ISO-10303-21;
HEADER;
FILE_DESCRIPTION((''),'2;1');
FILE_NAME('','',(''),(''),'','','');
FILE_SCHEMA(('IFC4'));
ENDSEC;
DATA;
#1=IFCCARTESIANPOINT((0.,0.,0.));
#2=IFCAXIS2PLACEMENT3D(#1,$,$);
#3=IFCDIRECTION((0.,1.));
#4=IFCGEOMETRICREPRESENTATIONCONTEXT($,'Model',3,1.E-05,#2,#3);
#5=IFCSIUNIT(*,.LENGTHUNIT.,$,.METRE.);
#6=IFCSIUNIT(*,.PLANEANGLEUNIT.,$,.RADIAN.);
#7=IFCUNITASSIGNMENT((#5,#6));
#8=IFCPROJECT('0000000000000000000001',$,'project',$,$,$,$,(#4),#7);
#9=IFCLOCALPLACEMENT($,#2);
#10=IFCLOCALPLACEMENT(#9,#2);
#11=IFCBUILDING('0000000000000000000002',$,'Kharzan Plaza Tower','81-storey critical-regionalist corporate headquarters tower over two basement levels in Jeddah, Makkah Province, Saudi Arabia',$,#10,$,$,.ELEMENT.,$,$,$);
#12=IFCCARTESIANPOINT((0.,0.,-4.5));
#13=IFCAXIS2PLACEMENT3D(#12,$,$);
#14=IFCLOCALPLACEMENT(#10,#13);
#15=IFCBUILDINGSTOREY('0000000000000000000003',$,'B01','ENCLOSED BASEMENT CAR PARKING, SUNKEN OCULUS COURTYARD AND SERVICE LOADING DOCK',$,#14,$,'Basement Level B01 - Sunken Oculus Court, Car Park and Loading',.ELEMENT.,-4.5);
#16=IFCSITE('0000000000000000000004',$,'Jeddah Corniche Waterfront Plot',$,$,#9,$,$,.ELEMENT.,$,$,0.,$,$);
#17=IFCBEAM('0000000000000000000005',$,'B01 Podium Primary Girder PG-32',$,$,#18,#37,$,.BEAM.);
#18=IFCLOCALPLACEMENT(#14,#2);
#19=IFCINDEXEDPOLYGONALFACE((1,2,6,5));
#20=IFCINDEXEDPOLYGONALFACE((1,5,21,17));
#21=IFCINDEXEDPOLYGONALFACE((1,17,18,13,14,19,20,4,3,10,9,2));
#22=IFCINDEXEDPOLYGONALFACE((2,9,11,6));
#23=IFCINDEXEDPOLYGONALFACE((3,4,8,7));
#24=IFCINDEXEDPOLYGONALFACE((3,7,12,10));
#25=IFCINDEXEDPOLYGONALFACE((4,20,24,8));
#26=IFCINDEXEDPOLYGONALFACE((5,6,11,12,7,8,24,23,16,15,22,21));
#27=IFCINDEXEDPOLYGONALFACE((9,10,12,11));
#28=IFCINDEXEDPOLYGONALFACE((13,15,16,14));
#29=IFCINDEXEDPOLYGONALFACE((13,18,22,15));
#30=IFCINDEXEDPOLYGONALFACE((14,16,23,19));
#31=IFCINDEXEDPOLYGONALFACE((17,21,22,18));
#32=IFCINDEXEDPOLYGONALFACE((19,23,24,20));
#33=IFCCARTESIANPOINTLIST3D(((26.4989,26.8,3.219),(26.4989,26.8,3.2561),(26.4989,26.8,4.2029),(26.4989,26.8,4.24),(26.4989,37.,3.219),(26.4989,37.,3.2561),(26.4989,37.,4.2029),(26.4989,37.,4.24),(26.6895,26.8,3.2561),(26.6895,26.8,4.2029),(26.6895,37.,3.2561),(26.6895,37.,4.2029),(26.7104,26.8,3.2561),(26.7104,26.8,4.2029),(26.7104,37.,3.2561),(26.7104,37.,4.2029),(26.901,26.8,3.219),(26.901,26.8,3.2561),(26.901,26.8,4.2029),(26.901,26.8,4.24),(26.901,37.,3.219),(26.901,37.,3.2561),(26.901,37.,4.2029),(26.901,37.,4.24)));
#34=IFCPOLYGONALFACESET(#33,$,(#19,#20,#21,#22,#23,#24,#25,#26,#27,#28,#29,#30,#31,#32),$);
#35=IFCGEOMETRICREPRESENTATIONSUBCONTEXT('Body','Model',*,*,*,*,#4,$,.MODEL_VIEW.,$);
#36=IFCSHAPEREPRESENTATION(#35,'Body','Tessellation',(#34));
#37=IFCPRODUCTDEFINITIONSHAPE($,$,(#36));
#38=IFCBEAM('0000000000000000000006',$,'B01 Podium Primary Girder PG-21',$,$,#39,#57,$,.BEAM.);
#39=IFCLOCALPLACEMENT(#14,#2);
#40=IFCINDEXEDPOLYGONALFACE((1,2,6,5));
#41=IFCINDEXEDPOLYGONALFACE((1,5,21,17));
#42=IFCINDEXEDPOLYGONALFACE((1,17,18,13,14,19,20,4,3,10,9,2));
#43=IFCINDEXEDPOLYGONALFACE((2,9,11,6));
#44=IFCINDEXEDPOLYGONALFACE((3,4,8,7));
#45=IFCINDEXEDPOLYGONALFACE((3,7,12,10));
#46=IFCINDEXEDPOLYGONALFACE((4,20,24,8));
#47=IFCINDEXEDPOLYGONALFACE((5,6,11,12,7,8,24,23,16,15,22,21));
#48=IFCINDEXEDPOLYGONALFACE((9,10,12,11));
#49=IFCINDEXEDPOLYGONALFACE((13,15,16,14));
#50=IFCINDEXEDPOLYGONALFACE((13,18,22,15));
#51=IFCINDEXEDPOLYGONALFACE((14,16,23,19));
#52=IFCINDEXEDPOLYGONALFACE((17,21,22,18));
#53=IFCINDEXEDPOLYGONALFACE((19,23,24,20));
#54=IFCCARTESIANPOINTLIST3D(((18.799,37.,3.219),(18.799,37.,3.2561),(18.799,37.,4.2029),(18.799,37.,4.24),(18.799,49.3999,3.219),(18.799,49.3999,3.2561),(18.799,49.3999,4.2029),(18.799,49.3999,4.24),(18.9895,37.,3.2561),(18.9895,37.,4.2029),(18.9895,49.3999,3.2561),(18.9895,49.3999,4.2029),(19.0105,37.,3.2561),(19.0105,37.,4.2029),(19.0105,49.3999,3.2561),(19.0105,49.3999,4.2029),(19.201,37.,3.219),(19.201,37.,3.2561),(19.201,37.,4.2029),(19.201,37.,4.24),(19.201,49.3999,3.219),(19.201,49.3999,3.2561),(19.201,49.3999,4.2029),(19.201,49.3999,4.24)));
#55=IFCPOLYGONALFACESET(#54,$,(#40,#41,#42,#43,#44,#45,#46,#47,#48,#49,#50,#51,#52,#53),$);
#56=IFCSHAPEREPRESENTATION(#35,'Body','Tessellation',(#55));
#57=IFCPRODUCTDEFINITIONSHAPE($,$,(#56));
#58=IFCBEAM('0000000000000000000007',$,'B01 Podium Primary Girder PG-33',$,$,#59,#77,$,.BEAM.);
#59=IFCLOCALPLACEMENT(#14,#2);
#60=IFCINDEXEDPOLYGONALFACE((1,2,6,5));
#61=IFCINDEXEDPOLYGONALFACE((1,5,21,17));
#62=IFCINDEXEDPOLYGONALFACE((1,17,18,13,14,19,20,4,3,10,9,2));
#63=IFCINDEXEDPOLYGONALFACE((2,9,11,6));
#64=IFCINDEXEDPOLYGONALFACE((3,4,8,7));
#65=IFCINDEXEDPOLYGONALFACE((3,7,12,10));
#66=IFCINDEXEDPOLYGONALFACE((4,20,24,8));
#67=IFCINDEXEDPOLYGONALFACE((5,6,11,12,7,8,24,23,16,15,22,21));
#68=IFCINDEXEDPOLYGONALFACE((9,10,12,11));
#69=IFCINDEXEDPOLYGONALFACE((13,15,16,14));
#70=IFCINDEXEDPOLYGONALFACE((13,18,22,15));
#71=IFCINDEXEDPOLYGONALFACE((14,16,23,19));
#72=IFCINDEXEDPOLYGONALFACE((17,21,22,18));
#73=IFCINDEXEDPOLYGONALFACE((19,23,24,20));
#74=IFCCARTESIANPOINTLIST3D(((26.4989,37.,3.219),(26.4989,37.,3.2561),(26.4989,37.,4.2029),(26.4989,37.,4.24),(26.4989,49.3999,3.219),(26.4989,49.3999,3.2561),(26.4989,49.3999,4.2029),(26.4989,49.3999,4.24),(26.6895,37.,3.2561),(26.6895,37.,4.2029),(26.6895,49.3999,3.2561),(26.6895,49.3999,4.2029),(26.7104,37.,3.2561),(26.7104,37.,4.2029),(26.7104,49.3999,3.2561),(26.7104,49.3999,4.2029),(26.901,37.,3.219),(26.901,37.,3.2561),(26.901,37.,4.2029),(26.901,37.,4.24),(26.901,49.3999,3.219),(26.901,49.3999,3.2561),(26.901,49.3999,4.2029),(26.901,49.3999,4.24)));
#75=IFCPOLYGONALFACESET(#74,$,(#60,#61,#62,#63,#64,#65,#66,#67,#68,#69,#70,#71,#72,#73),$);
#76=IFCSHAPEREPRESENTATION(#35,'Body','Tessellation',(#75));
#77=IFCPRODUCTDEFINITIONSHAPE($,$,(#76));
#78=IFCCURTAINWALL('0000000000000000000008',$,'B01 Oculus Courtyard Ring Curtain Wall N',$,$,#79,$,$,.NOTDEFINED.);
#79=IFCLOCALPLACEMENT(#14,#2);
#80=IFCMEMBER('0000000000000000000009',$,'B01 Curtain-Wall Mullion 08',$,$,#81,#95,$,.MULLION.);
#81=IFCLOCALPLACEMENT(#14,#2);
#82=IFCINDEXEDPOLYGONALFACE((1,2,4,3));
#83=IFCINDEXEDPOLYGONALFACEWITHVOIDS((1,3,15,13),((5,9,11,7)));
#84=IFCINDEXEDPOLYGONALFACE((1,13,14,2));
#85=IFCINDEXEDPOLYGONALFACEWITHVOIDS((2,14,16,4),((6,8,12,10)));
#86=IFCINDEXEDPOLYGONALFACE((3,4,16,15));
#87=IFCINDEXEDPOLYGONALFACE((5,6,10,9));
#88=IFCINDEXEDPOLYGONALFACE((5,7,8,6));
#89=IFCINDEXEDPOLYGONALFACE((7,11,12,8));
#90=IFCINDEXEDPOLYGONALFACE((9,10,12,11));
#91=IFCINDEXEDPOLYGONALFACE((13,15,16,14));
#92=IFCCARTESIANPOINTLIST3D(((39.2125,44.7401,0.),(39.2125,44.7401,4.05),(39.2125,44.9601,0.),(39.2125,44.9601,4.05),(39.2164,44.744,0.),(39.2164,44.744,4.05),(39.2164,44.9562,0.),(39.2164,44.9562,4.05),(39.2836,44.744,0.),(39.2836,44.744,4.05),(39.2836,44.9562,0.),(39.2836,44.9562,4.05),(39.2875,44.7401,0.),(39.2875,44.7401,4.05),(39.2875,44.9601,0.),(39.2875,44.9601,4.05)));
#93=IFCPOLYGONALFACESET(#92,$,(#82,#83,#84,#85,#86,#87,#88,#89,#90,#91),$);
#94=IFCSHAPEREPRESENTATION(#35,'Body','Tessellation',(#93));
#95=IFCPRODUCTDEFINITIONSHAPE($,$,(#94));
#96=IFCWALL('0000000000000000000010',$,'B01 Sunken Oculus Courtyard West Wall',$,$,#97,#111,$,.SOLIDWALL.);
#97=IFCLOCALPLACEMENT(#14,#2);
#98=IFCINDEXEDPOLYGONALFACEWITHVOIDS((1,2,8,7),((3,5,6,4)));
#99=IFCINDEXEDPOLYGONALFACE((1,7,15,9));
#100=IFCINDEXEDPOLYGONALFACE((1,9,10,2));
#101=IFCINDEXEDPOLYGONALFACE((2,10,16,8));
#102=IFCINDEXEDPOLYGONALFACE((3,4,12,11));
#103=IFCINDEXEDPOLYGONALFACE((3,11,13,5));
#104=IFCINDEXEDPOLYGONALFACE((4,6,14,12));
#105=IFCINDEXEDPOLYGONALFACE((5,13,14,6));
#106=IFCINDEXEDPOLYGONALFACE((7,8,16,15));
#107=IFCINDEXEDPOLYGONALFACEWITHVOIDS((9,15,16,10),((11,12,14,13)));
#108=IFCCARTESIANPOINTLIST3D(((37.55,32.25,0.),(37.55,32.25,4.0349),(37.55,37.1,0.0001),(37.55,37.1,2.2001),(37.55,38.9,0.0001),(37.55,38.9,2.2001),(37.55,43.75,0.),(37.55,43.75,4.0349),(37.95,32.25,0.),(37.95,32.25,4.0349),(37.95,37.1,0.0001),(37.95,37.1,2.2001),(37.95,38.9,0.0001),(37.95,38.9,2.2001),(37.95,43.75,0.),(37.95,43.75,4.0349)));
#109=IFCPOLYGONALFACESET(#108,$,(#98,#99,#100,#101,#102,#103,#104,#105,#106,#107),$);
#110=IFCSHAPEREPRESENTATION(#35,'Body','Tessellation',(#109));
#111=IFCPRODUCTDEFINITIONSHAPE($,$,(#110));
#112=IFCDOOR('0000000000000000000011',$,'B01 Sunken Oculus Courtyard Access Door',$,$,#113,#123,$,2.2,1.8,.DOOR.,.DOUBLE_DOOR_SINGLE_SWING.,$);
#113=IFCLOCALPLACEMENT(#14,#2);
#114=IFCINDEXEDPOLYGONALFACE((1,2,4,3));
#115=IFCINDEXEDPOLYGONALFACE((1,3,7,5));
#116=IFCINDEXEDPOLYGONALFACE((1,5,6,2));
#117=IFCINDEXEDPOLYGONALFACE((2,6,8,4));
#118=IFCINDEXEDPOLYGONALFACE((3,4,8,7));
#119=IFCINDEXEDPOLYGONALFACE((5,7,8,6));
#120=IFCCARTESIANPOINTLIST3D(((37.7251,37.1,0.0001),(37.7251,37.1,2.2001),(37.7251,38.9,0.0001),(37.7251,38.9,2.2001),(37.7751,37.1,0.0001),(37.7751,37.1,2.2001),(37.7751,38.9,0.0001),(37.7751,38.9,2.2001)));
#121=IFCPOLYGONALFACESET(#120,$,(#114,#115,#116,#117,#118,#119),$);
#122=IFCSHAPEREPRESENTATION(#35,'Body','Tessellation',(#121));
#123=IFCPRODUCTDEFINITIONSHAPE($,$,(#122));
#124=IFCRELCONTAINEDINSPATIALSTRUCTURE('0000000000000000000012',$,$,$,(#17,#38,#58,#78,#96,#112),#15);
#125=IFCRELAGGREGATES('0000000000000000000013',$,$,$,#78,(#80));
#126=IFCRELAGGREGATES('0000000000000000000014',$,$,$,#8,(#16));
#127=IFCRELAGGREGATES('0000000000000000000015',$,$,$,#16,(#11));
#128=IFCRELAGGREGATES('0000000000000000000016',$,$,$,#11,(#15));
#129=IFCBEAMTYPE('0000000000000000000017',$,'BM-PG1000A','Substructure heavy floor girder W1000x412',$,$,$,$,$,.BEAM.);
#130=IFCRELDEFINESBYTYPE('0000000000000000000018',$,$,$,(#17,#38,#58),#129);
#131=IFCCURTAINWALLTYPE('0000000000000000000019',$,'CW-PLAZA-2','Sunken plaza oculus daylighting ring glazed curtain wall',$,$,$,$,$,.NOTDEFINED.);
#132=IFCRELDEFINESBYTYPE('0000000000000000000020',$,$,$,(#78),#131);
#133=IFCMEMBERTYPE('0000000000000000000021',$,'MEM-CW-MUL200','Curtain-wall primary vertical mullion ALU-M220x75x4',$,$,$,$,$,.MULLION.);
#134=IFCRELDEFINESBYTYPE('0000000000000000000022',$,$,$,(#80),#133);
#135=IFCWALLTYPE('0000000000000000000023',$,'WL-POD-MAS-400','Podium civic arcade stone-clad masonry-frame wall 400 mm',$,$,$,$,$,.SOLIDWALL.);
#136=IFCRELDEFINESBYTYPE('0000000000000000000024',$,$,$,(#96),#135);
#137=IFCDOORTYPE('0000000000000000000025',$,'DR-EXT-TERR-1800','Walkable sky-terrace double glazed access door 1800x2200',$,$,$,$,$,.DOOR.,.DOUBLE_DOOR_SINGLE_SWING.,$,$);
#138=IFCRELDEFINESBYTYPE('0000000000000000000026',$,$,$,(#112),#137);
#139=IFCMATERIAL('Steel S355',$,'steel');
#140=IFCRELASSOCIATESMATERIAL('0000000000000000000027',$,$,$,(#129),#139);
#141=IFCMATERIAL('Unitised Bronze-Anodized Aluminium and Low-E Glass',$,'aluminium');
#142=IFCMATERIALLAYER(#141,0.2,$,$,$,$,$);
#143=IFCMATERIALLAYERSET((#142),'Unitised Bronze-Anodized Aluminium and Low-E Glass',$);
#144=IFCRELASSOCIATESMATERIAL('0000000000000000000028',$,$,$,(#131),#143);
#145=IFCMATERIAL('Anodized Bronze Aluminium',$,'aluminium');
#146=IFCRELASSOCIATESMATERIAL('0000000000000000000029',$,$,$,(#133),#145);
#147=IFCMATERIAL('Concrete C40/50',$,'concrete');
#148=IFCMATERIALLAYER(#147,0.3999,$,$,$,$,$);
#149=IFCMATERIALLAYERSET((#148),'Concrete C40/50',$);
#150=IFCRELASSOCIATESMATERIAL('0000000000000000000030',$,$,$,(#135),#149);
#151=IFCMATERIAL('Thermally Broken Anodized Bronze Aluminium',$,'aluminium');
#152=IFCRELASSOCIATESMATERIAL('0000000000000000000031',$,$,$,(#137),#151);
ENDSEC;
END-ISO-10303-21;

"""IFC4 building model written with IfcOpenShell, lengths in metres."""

from ifc_helpers import new_model, si_unit, direction, frame, frame_2d, origin, origin_2d, place, context, subcontext, project, spatial, rectangle, hollow_rectangle, i_section, extrude, source, transform, mapped, material, layer, layer_set, material_profile, profile_set, type_object, element, fill, aggregate, save


model = new_model("IFC4")

# Units and contexts
model_context = context("Model", 3, precision=1e-05, world=origin(), true_north=direction((0.0, 1.0)))
body_context = subcontext(model_context, "Body", "Model", "MODEL_VIEW")
ifc_project = project(units=[si_unit("LENGTHUNIT", "METRE"), si_unit("PLANEANGLEUNIT", "RADIAN")], contexts=[model_context])

# Site, building, storey
site_placement = place(None, origin())
site = spatial("IfcSite", under=ifc_project, at=site_placement, Name="Jeddah Corniche Waterfront Plot", CompositionType="ELEMENT", RefElevation=0.0)
building_placement = place(site_placement, origin())
building = spatial("IfcBuilding", under=site, at=building_placement, Name="Kharzan Plaza Tower", Description="81-storey critical-regionalist corporate headquarters tower over two basement levels in Jeddah, Makkah Province, Saudi Arabia", CompositionType="ELEMENT")
storey_placement = place(building_placement, frame((0.0, 0.0, -4.5)))
storey = spatial("IfcBuildingStorey", under=building, at=storey_placement, Name="B01", Description="ENCLOSED BASEMENT CAR PARKING, SUNKEN OCULUS COURTYARD AND SERVICE LOADING DOCK", LongName="Basement Level B01 - Sunken Oculus Court, Car Park and Loading", CompositionType="ELEMENT", Elevation=-4.5)

# Shared definitions
ifc_material_1 = material(Name="Steel S355", Category="steel")

# Beams
ifc_material_profile_1 = material_profile(ifc_material_1, i_section(OverallWidth=0.4021, OverallDepth=1.021, WebThickness=0.021, FlangeThickness=0.0371, at=origin_2d()), Name="W1000x412")
ifc_profile_set_1 = profile_set([ifc_material_profile_1], Name="Steel S355")
beam_type = type_object("IfcBeamType", Name="BM-PG1000A", Description="Substructure heavy floor girder W1000x412", PredefinedType="BEAM", material=ifc_profile_set_1)
shared_shape_1 = source(origin(), body_context, "Body", "SweptSolid", [
    extrude(i_section(OverallWidth=0.4021, OverallDepth=1.021, WebThickness=0.021, FlangeThickness=0.0371, at=origin_2d()), origin(), (0.0, 0.0, 1.0), 10.2),
])
beam_1_placement = place(storey_placement, frame((26.7, 26.8, 3.7295), z_axis=(0.0, 1.0, 0.0), x_axis=(-1.0, 0.0, 0.0)))
element("IfcBeam", 1, at=beam_1_placement, inside=storey, type_object=beam_type, Name="B01 Podium Primary Girder PG-32", PredefinedType="BEAM", context=body_context, shape_type="MappedRepresentation", body=[
    mapped(shared_shape_1, transform((0.0, 0.0, 0.0), x_axis=(1.0, 0.0, 0.0), y_axis=(0.0, 1.0, 0.0), z_axis=(0.0, 0.0, 1.0))),
])
shared_shape_2 = source(origin(), body_context, "Body", "SweptSolid", [
    extrude(i_section(OverallWidth=0.4021, OverallDepth=1.021, WebThickness=0.021, FlangeThickness=0.0371, at=origin_2d()), origin(), (0.0, 0.0, 1.0), 12.3999),
])
for number, where, z_axis, x_axis, name in (
    (2, (19.0, 37.0, 3.7295), (0.0, 1.0, 0.0), (-1.0, 0.0, 0.0), "B01 Podium Primary Girder PG-21"),
    (3, (26.7, 37.0, 3.7295), (0.0, 1.0, 0.0), (-1.0, 0.0, 0.0), "B01 Podium Primary Girder PG-33"),
):
    element("IfcBeam", number, at=place(storey_placement, frame(where, z_axis=z_axis, x_axis=x_axis)), inside=storey, type_object=beam_type, Name=name, PredefinedType="BEAM", context=body_context, shape_type="MappedRepresentation", body=[
        mapped(shared_shape_2, transform((0.0, 0.0, 0.0), x_axis=(1.0, 0.0, 0.0), y_axis=(0.0, 1.0, 0.0), z_axis=(0.0, 0.0, 1.0))),
    ])

# Curtain wall, member
ifc_material_2 = material(Name="Unitised Bronze-Anodized Aluminium and Low-E Glass", Category="aluminium")
ifc_layer_1 = layer(ifc_material_2, 0.2)
ifc_layer_set_1 = layer_set([ifc_layer_1], Name="Unitised Bronze-Anodized Aluminium and Low-E Glass")
curtain_wall_type = type_object("IfcCurtainWallType", Name="CW-PLAZA-2", Description="Sunken plaza oculus daylighting ring glazed curtain wall", PredefinedType="NOTDEFINED", material=ifc_layer_set_1)
curtain_wall_placement = place(storey_placement, origin())
curtain_wall = element("IfcCurtainWall", 4, at=curtain_wall_placement, inside=storey, type_object=curtain_wall_type, Name="B01 Oculus Courtyard Ring Curtain Wall N", PredefinedType="NOTDEFINED")
ifc_material_3 = material(Name="Anodized Bronze Aluminium", Category="aluminium")
ifc_material_profile_2 = material_profile(ifc_material_3, hollow_rectangle(XDim=0.075, YDim=0.22, WallThickness=0.0039, at=origin_2d()), Name="ALU-M220x75x4")
ifc_profile_set_2 = profile_set([ifc_material_profile_2], Name="Anodized Bronze Aluminium")
member_type = type_object("IfcMemberType", Name="MEM-CW-MUL200", Description="Curtain-wall primary vertical mullion ALU-M220x75x4", PredefinedType="MULLION", material=ifc_profile_set_2)
shared_shape_3 = source(origin(), body_context, "Body", "SweptSolid", [
    extrude(hollow_rectangle(XDim=0.075, YDim=0.22, WallThickness=0.0039, at=origin_2d()), origin(), (0.0, 0.0, 1.0), 4.05),
])
member_placement = place(storey_placement, frame((39.25, 44.8501, 0.0), z_axis=(0.0, 0.0, 1.0), x_axis=(1.0, 0.0, 0.0)))
member = element("IfcMember", 5, at=member_placement, type_object=member_type, Name="B01 Curtain-Wall Mullion 08", PredefinedType="MULLION", context=body_context, shape_type="MappedRepresentation", body=[
    mapped(shared_shape_3, transform((0.0, 0.0, 0.0), x_axis=(1.0, 0.0, 0.0), y_axis=(0.0, 1.0, 0.0), z_axis=(0.0, 0.0, 1.0))),
])
aggregate(curtain_wall, [member])

# Wall, opening, door
ifc_material_4 = material(Name="Concrete C40/50", Category="concrete")
ifc_layer_2 = layer(ifc_material_4, 0.3999)
ifc_layer_set_2 = layer_set([ifc_layer_2], Name="Concrete C40/50")
wall_type = type_object("IfcWallType", Name="WL-POD-MAS-400", Description="Podium civic arcade stone-clad masonry-frame wall 400 mm", PredefinedType="SOLIDWALL", material=ifc_layer_set_2)
wall_placement = place(storey_placement, frame((37.75, 32.25, 0.0), z_axis=(0.0, 0.0, 1.0), x_axis=(0.0, 1.0, 0.0)))
wall = element("IfcWall", 6, at=wall_placement, inside=storey, type_object=wall_type, Name="B01 Sunken Oculus Courtyard West Wall", PredefinedType="SOLIDWALL", context=body_context, shape_type="SweptSolid", body=[
    extrude(rectangle(XDim=11.5, YDim=0.3999, at=frame_2d((5.75, 0.0))), origin(), (0.0, 0.0, 1.0), 4.0349),
])
opening_placement = place(wall_placement, frame((4.8501, 0.0, 0.0)))
opening = element("IfcOpeningElement", 7, at=opening_placement, cuts=wall, PredefinedType="OPENING", context=body_context, shape_type="SweptSolid", body=[
    extrude(rectangle(XDim=1.8, YDim=2.2, at=frame_2d((0.8999, 1.1001))), frame((0.0, 0.21, 0.0), z_axis=(0.0, -1.0, 0.0), x_axis=(1.0, 0.0, 0.0)), (0.0, 0.0, 1.0), 0.4199),
])
ifc_material_5 = material(Name="Thermally Broken Anodized Bronze Aluminium", Category="aluminium")
door_type = type_object("IfcDoorType", Name="DR-EXT-TERR-1800", Description="Walkable sky-terrace double glazed access door 1800x2200", OperationType="DOUBLE_DOOR_SINGLE_SWING", PredefinedType="DOOR", material=ifc_material_5)
shared_shape_4 = source(origin(), body_context, "Body", "SweptSolid", [
    extrude(rectangle(XDim=1.8, YDim=2.2, at=frame_2d((0.8999, 1.1001))), frame((0.0, 0.0249, 0.0), z_axis=(0.0, -1.0, 0.0), x_axis=(1.0, 0.0, 0.0)), (0.0, 0.0, 1.0), 0.05),
])
door_placement = place(opening_placement, origin())
door = element("IfcDoor", 8, at=door_placement, inside=storey, type_object=door_type, Name="B01 Sunken Oculus Courtyard Access Door", OperationType="DOUBLE_DOOR_SINGLE_SWING", OverallHeight=2.2, OverallWidth=1.8, PredefinedType="DOOR", context=body_context, shape_type="MappedRepresentation", body=[
    mapped(shared_shape_4, transform((0.0, 0.0, 0.0), x_axis=(1.0, 0.0, 0.0), y_axis=(0.0, 1.0, 0.0), z_axis=(0.0, 0.0, 1.0))),
])
fill(opening, door)

save(model, "model.ifc")
